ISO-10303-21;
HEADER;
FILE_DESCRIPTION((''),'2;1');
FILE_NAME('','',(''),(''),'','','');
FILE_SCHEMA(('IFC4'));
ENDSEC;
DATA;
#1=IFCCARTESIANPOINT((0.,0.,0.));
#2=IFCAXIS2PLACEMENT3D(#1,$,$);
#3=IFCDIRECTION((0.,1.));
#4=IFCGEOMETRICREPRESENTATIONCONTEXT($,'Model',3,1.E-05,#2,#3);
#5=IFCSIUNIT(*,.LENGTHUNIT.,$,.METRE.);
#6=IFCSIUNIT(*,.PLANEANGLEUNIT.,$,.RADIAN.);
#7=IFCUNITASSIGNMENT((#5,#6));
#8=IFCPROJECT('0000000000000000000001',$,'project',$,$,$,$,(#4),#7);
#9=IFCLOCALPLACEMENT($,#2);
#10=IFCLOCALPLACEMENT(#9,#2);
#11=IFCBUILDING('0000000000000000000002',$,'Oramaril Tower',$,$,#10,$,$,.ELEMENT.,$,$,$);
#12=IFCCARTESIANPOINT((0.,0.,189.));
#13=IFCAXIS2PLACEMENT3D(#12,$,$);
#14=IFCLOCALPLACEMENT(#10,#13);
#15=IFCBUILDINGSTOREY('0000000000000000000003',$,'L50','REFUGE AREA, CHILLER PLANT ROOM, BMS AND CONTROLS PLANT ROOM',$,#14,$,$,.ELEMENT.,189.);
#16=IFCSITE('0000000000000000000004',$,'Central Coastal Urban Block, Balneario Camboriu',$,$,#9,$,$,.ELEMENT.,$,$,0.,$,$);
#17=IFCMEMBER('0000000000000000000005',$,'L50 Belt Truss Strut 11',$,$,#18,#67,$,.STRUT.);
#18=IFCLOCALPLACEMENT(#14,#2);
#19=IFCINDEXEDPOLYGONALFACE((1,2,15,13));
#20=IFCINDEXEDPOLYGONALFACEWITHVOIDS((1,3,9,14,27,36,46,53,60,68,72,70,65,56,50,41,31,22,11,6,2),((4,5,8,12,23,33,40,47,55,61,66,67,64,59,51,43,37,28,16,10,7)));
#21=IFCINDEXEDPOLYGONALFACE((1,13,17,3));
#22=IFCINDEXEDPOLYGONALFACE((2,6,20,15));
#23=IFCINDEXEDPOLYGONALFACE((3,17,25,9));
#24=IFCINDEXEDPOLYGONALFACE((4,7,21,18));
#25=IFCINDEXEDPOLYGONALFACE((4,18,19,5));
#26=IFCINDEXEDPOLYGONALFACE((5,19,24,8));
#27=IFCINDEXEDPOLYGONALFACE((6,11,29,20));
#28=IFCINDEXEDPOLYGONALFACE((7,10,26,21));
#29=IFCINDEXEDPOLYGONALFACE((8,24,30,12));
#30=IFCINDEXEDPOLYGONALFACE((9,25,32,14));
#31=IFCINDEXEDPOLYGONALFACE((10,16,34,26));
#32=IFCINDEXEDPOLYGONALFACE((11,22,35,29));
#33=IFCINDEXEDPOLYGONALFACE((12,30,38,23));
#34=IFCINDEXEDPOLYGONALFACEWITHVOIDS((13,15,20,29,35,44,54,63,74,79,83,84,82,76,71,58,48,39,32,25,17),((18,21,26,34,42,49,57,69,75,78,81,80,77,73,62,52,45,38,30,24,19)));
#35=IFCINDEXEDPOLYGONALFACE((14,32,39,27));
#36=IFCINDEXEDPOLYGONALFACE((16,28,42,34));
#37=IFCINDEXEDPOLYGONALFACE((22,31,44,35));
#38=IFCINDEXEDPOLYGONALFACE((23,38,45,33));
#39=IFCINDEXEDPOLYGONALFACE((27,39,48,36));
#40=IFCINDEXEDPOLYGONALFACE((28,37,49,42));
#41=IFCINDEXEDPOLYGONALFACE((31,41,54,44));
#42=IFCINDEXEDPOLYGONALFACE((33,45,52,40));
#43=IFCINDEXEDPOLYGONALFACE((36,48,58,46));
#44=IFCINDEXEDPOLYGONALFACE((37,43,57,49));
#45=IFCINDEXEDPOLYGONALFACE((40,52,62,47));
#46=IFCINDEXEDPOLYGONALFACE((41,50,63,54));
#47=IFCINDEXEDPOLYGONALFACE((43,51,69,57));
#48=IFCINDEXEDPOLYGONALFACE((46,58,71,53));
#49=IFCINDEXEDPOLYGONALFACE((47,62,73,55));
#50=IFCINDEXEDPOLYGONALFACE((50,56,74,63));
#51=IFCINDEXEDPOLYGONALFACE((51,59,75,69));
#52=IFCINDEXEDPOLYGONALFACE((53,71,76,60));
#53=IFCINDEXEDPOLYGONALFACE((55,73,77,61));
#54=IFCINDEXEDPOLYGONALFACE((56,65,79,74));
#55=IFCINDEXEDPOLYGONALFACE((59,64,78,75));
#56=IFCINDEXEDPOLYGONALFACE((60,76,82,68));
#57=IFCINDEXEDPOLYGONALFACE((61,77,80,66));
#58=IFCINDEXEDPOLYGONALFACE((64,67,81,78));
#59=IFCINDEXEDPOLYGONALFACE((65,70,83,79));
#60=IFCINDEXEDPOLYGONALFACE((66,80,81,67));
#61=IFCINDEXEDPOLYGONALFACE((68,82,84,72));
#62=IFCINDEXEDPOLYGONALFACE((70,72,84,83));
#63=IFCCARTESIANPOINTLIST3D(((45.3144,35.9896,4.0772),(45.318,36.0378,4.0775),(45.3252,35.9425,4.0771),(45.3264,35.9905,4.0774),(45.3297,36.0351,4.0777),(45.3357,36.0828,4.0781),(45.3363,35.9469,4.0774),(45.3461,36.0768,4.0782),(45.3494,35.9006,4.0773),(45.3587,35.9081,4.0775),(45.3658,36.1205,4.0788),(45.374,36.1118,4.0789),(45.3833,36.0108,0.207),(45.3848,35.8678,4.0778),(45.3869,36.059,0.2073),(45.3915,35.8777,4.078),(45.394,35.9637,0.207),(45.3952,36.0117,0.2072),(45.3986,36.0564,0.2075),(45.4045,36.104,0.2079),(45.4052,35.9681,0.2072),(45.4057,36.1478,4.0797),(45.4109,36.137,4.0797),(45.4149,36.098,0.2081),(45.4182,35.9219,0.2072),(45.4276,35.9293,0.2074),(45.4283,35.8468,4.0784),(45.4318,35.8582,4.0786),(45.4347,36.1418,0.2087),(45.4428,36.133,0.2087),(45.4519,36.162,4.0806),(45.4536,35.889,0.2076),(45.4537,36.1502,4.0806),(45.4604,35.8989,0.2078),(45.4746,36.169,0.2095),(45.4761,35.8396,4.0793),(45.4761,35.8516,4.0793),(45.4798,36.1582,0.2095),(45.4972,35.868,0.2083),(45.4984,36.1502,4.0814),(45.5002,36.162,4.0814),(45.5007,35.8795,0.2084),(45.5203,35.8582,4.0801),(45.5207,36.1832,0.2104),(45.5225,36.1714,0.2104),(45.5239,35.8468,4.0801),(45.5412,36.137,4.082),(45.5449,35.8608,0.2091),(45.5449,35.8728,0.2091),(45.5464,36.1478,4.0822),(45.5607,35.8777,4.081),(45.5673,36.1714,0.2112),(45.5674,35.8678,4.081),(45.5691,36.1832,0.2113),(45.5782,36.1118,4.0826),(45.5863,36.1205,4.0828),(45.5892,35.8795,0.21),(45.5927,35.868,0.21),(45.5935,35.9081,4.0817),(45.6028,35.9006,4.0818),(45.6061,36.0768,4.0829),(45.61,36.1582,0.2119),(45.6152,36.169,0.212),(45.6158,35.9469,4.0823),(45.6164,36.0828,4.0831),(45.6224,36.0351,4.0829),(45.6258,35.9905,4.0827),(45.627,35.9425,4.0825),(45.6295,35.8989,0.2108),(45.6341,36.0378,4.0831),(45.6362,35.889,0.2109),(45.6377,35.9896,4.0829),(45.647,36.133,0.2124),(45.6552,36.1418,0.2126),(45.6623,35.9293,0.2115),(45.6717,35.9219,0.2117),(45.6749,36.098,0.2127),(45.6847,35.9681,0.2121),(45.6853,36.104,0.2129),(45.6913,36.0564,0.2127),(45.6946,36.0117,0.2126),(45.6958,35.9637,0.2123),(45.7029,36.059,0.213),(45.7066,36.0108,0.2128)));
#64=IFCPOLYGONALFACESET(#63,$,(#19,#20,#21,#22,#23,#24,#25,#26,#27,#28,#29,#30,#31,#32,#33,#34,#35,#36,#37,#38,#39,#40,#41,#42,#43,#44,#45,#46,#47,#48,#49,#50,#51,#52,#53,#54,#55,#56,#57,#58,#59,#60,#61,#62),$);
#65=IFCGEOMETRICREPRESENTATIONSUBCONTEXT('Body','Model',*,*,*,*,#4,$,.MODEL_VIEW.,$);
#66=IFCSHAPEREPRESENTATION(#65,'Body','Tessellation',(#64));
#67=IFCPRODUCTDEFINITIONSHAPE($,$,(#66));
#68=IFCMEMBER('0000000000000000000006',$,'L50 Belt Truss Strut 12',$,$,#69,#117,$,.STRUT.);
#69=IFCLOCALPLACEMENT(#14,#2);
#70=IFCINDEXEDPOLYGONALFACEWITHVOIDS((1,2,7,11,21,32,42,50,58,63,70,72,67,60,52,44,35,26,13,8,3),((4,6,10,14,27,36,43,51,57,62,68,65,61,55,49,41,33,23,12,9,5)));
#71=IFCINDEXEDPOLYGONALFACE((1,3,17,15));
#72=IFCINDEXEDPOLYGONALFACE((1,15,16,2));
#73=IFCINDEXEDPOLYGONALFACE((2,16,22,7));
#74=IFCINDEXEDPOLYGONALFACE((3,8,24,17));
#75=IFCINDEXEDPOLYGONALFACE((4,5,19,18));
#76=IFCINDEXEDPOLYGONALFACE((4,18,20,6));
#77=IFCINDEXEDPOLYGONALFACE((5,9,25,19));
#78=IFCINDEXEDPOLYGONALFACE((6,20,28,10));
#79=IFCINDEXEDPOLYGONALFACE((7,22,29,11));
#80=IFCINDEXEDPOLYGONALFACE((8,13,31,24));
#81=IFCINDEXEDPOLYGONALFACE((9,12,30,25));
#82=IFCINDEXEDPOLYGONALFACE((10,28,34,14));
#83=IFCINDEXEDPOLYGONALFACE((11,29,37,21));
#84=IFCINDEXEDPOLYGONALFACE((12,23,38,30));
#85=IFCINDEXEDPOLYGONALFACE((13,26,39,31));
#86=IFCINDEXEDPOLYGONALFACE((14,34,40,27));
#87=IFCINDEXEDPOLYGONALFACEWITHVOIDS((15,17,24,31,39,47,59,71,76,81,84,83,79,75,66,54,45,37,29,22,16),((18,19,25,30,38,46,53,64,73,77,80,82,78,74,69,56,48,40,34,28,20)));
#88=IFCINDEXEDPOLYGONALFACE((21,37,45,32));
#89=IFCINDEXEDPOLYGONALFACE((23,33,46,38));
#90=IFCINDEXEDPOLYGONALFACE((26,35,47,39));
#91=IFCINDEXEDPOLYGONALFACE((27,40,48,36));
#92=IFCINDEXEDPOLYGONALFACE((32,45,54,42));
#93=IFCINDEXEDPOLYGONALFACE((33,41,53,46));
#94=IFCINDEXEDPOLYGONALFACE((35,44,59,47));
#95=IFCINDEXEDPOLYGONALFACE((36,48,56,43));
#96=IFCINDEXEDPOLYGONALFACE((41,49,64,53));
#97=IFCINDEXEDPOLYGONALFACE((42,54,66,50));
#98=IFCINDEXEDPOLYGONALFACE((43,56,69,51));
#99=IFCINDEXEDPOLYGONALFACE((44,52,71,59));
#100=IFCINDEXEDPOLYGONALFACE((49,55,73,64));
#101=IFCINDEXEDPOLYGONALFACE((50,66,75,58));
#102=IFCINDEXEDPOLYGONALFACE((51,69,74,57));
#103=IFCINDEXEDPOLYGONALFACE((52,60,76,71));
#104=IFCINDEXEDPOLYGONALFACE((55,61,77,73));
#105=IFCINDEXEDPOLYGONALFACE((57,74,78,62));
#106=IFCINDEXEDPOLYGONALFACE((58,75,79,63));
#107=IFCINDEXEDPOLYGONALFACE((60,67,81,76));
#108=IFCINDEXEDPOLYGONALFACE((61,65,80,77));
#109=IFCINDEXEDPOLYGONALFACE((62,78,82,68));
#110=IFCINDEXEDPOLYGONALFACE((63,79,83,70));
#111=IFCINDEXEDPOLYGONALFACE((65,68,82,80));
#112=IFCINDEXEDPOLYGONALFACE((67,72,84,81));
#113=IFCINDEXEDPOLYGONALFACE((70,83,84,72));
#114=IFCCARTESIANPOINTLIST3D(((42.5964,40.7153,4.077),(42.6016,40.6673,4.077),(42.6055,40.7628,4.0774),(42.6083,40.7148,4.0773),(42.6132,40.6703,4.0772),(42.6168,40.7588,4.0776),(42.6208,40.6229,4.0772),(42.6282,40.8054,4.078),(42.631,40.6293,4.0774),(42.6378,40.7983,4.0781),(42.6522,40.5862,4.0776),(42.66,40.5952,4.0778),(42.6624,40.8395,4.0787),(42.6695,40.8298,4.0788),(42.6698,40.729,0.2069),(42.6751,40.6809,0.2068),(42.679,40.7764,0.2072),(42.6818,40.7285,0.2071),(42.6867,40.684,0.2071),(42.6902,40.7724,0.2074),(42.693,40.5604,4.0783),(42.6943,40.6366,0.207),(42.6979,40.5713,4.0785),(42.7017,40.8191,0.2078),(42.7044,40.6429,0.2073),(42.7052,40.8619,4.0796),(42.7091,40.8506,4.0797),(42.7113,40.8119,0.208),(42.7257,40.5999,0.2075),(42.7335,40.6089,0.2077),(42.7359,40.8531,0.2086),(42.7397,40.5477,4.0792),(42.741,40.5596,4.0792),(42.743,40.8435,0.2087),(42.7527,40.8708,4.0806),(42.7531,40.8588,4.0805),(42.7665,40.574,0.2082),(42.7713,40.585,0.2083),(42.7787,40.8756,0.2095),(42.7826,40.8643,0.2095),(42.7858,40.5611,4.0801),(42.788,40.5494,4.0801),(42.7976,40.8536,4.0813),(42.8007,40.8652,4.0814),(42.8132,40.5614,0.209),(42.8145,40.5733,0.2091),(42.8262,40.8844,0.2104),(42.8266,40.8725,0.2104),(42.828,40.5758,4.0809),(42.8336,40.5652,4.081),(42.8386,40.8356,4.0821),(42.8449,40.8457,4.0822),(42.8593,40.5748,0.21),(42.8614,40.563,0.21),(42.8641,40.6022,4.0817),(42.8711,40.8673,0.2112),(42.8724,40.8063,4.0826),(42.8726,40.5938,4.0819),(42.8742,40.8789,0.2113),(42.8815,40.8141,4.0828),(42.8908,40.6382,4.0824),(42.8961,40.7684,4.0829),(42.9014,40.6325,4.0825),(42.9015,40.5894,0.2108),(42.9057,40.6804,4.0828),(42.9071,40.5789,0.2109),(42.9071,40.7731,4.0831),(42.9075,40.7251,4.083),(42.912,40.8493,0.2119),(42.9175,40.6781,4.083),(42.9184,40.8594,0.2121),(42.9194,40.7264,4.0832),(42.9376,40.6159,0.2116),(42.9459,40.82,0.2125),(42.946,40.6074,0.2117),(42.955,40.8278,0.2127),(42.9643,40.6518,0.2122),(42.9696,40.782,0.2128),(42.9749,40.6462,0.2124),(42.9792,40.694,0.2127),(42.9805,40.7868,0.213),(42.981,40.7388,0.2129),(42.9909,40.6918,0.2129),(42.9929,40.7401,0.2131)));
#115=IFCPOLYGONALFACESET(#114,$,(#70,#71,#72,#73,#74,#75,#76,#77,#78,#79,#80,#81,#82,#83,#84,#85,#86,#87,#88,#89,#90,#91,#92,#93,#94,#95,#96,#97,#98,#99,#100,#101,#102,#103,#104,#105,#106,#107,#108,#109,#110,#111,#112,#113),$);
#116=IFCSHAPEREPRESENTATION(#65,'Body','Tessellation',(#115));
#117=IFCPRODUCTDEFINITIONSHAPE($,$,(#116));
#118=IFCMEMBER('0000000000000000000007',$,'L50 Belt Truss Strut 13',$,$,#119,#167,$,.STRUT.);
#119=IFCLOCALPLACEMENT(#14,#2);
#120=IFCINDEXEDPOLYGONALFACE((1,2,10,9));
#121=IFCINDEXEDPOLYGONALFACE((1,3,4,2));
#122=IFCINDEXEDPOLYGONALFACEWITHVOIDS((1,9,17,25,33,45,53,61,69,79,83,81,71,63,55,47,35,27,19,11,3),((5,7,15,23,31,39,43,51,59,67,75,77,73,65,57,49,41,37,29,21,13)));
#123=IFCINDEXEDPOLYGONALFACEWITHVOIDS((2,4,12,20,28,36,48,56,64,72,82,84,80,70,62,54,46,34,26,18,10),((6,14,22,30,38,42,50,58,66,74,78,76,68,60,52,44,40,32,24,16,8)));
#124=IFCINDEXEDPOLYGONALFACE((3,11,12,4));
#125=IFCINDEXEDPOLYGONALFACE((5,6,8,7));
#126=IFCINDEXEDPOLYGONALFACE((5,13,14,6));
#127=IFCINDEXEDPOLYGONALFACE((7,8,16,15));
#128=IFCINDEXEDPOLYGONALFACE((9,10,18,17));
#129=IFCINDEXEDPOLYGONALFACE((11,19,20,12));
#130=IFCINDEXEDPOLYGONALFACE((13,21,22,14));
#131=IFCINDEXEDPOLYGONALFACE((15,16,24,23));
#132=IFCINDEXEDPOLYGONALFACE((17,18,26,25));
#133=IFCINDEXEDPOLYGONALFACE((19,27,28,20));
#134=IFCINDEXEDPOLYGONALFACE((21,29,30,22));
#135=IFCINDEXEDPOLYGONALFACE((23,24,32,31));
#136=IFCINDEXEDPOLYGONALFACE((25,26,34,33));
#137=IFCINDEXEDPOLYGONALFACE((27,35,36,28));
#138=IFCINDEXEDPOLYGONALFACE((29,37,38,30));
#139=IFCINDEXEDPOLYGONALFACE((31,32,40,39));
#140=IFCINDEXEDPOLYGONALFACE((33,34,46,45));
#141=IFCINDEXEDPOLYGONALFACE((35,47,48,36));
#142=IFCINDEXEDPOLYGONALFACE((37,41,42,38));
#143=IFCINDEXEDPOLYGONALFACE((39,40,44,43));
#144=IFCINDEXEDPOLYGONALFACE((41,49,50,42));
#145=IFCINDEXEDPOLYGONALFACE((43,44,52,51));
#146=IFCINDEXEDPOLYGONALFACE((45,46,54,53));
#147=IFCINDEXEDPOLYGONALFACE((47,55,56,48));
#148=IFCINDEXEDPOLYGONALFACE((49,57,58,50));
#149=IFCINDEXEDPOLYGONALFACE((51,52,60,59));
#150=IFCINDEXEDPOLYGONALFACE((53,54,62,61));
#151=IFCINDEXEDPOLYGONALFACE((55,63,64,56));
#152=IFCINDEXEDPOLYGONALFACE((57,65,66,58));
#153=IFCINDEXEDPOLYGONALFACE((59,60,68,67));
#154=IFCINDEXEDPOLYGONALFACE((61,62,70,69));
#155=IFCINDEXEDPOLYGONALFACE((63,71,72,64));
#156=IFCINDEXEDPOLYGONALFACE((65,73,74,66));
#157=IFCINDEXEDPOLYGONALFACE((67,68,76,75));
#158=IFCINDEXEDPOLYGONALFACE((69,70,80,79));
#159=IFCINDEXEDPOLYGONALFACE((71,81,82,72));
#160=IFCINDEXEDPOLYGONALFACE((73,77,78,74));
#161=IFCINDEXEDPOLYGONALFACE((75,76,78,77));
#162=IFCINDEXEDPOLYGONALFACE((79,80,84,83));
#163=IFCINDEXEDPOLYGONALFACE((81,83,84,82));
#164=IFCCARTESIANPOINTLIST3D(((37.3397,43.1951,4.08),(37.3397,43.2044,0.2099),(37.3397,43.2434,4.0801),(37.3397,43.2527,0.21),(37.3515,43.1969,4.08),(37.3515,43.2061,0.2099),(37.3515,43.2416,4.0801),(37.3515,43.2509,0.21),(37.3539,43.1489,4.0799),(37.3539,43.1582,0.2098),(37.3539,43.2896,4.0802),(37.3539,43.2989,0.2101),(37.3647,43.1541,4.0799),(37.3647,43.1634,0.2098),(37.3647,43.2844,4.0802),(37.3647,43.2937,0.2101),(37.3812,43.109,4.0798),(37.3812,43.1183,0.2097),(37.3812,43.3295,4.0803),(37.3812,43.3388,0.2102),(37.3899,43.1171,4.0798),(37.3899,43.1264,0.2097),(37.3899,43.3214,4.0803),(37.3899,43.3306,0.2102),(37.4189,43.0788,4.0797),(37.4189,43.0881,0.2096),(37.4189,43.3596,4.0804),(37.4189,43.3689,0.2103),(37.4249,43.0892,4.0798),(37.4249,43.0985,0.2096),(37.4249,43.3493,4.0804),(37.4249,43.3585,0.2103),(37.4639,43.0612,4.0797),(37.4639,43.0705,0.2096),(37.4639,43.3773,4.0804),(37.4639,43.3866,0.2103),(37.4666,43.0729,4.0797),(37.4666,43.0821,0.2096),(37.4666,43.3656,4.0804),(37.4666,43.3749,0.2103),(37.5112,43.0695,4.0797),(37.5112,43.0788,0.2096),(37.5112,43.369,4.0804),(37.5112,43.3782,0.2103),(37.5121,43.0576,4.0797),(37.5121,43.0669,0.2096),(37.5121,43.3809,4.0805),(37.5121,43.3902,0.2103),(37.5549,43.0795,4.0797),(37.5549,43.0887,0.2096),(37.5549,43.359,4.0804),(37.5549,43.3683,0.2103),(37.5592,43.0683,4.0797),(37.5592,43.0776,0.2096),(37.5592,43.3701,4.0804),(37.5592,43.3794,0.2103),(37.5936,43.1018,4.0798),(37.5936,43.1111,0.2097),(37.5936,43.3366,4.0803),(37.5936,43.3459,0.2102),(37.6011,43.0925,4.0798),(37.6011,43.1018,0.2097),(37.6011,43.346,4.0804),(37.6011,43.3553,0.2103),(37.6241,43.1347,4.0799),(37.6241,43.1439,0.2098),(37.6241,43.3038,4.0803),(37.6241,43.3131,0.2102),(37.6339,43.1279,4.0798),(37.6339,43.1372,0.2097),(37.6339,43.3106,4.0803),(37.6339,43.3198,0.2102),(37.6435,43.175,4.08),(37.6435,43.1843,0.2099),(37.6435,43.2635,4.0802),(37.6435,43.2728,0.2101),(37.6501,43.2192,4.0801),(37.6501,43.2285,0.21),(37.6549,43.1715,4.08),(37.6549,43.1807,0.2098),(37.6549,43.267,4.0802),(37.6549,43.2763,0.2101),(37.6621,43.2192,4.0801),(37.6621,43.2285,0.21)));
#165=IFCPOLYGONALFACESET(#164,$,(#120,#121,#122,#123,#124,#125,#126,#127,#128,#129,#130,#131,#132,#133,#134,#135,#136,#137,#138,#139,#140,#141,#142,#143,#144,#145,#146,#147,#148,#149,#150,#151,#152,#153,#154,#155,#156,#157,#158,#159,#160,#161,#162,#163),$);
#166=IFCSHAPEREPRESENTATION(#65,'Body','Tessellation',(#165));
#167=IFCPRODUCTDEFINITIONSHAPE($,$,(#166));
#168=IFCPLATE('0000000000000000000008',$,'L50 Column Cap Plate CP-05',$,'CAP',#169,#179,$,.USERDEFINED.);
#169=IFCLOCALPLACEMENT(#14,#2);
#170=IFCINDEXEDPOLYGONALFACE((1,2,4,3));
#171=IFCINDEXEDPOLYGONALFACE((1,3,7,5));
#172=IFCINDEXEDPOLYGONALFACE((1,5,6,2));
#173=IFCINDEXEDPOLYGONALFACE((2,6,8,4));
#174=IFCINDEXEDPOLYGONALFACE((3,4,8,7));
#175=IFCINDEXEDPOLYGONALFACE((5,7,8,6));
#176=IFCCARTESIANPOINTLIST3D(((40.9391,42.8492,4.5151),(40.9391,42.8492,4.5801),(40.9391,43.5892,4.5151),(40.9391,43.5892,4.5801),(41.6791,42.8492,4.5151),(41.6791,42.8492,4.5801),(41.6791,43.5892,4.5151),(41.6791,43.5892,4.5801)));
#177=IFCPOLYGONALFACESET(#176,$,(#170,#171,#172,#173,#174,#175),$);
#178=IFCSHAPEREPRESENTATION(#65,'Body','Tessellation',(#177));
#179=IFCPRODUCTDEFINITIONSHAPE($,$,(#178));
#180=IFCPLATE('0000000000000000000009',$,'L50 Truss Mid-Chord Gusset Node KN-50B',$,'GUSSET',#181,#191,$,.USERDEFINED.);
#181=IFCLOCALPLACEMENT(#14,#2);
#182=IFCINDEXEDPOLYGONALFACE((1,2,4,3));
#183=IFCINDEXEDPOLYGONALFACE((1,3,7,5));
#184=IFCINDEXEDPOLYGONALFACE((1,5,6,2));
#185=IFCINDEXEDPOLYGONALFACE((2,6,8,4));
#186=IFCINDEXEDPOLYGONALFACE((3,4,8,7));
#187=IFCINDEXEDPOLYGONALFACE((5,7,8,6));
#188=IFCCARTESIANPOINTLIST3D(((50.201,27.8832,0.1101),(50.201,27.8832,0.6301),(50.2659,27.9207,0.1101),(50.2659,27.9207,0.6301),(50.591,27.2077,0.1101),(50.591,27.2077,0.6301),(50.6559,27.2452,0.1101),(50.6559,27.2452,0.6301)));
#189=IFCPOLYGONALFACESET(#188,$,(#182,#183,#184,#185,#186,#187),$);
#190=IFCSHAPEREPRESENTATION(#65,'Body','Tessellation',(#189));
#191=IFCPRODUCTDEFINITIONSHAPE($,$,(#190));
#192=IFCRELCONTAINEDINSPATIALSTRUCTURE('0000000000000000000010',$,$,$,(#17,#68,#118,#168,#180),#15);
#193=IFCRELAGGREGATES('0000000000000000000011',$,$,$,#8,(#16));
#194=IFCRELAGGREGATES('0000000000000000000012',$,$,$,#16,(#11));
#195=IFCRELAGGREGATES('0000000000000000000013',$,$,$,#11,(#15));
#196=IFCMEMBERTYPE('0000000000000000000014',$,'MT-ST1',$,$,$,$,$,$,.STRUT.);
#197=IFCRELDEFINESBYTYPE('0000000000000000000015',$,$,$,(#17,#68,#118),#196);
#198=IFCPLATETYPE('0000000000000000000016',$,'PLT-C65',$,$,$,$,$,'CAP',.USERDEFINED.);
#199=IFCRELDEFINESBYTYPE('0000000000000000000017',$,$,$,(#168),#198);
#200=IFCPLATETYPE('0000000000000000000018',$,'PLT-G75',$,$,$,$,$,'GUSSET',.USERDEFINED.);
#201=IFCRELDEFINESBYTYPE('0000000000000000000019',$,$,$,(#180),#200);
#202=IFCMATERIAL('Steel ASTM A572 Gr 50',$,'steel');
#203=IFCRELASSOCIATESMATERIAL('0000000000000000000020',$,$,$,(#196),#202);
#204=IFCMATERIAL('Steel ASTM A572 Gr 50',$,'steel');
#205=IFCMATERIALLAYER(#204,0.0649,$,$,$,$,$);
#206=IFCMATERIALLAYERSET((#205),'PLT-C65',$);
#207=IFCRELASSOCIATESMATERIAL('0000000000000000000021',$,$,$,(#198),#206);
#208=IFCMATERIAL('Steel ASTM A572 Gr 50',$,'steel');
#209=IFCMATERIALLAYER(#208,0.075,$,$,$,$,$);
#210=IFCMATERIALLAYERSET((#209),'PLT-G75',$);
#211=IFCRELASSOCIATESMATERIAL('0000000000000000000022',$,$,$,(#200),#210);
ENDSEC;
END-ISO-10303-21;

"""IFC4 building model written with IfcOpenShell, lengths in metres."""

from ifc_helpers import new_model, si_unit, direction, frame, origin, origin_2d, place, context, subcontext, project, spatial, rectangle, hollow_circle, extrude, material, layer, layer_set, material_profile, profile_set, type_object, element, save


model = new_model("IFC4")

# Units and contexts
model_context = context("Model", 3, precision=1e-05, world=origin(), true_north=direction((0.0, 1.0)))
body_context = subcontext(model_context, "Body", "Model", "MODEL_VIEW")
ifc_project = project(units=[si_unit("LENGTHUNIT", "METRE"), si_unit("PLANEANGLEUNIT", "RADIAN")], contexts=[model_context])

# Site, building, storey
site_placement = place(None, origin())
site = spatial("IfcSite", under=ifc_project, at=site_placement, Name="Central Coastal Urban Block, Balneario Camboriu", CompositionType="ELEMENT", RefElevation=0.0)
building_placement = place(site_placement, origin())
building = spatial("IfcBuilding", under=site, at=building_placement, Name="Oramaril Tower", CompositionType="ELEMENT")
storey_placement = place(building_placement, frame((0.0, 0.0, 189.0)))
storey = spatial("IfcBuildingStorey", under=building, at=storey_placement, Name="L50", Description="REFUGE AREA, CHILLER PLANT ROOM, BMS AND CONTROLS PLANT ROOM", CompositionType="ELEMENT", Elevation=189.0)

# Members
ifc_material_1 = material(Name="Steel ASTM A572 Gr 50", Category="steel")
ifc_material_profile_1 = material_profile(ifc_material_1, hollow_circle(Radius=0.1621, WallThickness=0.012, at=origin_2d()), Name="CHS324X12")
ifc_profile_set_1 = profile_set([ifc_material_profile_1], Name="Steel ASTM A572 Gr 50")
member_type_1 = type_object("IfcMemberType", Name="MT-ST1", PredefinedType="STRUT", material=ifc_profile_set_1)
for number, where, z_axis, x_axis, name in (
    (1, (45.5449, 36.0229, 0.21), (-0.017786, -0.005487, 0.999827), (0.2948, -0.955559, 0.0), "L50 Belt Truss Strut 11"),
    (2, (42.8318, 40.7224, 0.21), (-0.018985, -0.003532, 0.999814), (0.182908, -0.98313, 0.0), "L50 Belt Truss Strut 12"),
):
    element("IfcMember", number, at=place(storey_placement, frame(where, z_axis=z_axis, x_axis=x_axis)), inside=storey, type_object=member_type_1, Name=name, PredefinedType="STRUT", context=body_context, shape_type="SweptSolid", body=[
        extrude(hollow_circle(Radius=0.1621, WallThickness=0.012, at=origin_2d()), origin(), (0.0, 0.0, 1.0), 3.8708),
    ])
member_1_placement = place(storey_placement, frame((37.5, 43.2285, 0.21), z_axis=(0.0, -0.002397, 0.999997), x_axis=(1.0, 0.0, 0.0)))
element("IfcMember", 3, at=member_1_placement, inside=storey, type_object=member_type_1, Name="L50 Belt Truss Strut 13", PredefinedType="STRUT", context=body_context, shape_type="SweptSolid", body=[
    extrude(hollow_circle(Radius=0.1621, WallThickness=0.012, at=origin_2d()), origin(), (0.0, 0.0, 1.0), 3.8701),
])

# Plates
ifc_material_2 = material(Name="Steel ASTM A572 Gr 50", Category="steel")
ifc_layer_1 = layer(ifc_material_2, 0.0649)
ifc_layer_set_1 = layer_set([ifc_layer_1], Name="PLT-C65")
plate_type_1 = type_object("IfcPlateType", Name="PLT-C65", ElementType="CAP", PredefinedType="USERDEFINED", material=ifc_layer_set_1)
plate_1_placement = place(storey_placement, frame((41.3091, 43.2192, 4.5151), z_axis=(0.0, 0.0, 1.0), x_axis=(1.0, 0.0, 0.0)))
element("IfcPlate", 4, at=plate_1_placement, inside=storey, type_object=plate_type_1, Name="L50 Column Cap Plate CP-05", ObjectType="CAP", PredefinedType="USERDEFINED", context=body_context, shape_type="SweptSolid", body=[
    extrude(rectangle(XDim=0.74, YDim=0.74, at=origin_2d()), origin(), (0.0, 0.0, 1.0), 0.0649),
])
ifc_material_3 = material(Name="Steel ASTM A572 Gr 50", Category="steel")
ifc_layer_2 = layer(ifc_material_3, 0.075)
ifc_layer_set_2 = layer_set([ifc_layer_2], Name="PLT-G75")
plate_type_2 = type_object("IfcPlateType", Name="PLT-G75", ElementType="GUSSET", PredefinedType="USERDEFINED", material=ifc_layer_set_2)
plate_2_placement = place(storey_placement, frame((50.4285, 27.5642, 0.1101), z_axis=(0.0, 0.0, 1.0), x_axis=(-0.5, 0.866025, 0.0)))
element("IfcPlate", 5, at=plate_2_placement, inside=storey, type_object=plate_type_2, Name="L50 Truss Mid-Chord Gusset Node KN-50B", ObjectType="GUSSET", PredefinedType="USERDEFINED", context=body_context, shape_type="SweptSolid", body=[
    extrude(rectangle(XDim=0.78, YDim=0.075, at=origin_2d()), origin(), (0.0, 0.0, 1.0), 0.52),
])

save(model, "model.ifc")
